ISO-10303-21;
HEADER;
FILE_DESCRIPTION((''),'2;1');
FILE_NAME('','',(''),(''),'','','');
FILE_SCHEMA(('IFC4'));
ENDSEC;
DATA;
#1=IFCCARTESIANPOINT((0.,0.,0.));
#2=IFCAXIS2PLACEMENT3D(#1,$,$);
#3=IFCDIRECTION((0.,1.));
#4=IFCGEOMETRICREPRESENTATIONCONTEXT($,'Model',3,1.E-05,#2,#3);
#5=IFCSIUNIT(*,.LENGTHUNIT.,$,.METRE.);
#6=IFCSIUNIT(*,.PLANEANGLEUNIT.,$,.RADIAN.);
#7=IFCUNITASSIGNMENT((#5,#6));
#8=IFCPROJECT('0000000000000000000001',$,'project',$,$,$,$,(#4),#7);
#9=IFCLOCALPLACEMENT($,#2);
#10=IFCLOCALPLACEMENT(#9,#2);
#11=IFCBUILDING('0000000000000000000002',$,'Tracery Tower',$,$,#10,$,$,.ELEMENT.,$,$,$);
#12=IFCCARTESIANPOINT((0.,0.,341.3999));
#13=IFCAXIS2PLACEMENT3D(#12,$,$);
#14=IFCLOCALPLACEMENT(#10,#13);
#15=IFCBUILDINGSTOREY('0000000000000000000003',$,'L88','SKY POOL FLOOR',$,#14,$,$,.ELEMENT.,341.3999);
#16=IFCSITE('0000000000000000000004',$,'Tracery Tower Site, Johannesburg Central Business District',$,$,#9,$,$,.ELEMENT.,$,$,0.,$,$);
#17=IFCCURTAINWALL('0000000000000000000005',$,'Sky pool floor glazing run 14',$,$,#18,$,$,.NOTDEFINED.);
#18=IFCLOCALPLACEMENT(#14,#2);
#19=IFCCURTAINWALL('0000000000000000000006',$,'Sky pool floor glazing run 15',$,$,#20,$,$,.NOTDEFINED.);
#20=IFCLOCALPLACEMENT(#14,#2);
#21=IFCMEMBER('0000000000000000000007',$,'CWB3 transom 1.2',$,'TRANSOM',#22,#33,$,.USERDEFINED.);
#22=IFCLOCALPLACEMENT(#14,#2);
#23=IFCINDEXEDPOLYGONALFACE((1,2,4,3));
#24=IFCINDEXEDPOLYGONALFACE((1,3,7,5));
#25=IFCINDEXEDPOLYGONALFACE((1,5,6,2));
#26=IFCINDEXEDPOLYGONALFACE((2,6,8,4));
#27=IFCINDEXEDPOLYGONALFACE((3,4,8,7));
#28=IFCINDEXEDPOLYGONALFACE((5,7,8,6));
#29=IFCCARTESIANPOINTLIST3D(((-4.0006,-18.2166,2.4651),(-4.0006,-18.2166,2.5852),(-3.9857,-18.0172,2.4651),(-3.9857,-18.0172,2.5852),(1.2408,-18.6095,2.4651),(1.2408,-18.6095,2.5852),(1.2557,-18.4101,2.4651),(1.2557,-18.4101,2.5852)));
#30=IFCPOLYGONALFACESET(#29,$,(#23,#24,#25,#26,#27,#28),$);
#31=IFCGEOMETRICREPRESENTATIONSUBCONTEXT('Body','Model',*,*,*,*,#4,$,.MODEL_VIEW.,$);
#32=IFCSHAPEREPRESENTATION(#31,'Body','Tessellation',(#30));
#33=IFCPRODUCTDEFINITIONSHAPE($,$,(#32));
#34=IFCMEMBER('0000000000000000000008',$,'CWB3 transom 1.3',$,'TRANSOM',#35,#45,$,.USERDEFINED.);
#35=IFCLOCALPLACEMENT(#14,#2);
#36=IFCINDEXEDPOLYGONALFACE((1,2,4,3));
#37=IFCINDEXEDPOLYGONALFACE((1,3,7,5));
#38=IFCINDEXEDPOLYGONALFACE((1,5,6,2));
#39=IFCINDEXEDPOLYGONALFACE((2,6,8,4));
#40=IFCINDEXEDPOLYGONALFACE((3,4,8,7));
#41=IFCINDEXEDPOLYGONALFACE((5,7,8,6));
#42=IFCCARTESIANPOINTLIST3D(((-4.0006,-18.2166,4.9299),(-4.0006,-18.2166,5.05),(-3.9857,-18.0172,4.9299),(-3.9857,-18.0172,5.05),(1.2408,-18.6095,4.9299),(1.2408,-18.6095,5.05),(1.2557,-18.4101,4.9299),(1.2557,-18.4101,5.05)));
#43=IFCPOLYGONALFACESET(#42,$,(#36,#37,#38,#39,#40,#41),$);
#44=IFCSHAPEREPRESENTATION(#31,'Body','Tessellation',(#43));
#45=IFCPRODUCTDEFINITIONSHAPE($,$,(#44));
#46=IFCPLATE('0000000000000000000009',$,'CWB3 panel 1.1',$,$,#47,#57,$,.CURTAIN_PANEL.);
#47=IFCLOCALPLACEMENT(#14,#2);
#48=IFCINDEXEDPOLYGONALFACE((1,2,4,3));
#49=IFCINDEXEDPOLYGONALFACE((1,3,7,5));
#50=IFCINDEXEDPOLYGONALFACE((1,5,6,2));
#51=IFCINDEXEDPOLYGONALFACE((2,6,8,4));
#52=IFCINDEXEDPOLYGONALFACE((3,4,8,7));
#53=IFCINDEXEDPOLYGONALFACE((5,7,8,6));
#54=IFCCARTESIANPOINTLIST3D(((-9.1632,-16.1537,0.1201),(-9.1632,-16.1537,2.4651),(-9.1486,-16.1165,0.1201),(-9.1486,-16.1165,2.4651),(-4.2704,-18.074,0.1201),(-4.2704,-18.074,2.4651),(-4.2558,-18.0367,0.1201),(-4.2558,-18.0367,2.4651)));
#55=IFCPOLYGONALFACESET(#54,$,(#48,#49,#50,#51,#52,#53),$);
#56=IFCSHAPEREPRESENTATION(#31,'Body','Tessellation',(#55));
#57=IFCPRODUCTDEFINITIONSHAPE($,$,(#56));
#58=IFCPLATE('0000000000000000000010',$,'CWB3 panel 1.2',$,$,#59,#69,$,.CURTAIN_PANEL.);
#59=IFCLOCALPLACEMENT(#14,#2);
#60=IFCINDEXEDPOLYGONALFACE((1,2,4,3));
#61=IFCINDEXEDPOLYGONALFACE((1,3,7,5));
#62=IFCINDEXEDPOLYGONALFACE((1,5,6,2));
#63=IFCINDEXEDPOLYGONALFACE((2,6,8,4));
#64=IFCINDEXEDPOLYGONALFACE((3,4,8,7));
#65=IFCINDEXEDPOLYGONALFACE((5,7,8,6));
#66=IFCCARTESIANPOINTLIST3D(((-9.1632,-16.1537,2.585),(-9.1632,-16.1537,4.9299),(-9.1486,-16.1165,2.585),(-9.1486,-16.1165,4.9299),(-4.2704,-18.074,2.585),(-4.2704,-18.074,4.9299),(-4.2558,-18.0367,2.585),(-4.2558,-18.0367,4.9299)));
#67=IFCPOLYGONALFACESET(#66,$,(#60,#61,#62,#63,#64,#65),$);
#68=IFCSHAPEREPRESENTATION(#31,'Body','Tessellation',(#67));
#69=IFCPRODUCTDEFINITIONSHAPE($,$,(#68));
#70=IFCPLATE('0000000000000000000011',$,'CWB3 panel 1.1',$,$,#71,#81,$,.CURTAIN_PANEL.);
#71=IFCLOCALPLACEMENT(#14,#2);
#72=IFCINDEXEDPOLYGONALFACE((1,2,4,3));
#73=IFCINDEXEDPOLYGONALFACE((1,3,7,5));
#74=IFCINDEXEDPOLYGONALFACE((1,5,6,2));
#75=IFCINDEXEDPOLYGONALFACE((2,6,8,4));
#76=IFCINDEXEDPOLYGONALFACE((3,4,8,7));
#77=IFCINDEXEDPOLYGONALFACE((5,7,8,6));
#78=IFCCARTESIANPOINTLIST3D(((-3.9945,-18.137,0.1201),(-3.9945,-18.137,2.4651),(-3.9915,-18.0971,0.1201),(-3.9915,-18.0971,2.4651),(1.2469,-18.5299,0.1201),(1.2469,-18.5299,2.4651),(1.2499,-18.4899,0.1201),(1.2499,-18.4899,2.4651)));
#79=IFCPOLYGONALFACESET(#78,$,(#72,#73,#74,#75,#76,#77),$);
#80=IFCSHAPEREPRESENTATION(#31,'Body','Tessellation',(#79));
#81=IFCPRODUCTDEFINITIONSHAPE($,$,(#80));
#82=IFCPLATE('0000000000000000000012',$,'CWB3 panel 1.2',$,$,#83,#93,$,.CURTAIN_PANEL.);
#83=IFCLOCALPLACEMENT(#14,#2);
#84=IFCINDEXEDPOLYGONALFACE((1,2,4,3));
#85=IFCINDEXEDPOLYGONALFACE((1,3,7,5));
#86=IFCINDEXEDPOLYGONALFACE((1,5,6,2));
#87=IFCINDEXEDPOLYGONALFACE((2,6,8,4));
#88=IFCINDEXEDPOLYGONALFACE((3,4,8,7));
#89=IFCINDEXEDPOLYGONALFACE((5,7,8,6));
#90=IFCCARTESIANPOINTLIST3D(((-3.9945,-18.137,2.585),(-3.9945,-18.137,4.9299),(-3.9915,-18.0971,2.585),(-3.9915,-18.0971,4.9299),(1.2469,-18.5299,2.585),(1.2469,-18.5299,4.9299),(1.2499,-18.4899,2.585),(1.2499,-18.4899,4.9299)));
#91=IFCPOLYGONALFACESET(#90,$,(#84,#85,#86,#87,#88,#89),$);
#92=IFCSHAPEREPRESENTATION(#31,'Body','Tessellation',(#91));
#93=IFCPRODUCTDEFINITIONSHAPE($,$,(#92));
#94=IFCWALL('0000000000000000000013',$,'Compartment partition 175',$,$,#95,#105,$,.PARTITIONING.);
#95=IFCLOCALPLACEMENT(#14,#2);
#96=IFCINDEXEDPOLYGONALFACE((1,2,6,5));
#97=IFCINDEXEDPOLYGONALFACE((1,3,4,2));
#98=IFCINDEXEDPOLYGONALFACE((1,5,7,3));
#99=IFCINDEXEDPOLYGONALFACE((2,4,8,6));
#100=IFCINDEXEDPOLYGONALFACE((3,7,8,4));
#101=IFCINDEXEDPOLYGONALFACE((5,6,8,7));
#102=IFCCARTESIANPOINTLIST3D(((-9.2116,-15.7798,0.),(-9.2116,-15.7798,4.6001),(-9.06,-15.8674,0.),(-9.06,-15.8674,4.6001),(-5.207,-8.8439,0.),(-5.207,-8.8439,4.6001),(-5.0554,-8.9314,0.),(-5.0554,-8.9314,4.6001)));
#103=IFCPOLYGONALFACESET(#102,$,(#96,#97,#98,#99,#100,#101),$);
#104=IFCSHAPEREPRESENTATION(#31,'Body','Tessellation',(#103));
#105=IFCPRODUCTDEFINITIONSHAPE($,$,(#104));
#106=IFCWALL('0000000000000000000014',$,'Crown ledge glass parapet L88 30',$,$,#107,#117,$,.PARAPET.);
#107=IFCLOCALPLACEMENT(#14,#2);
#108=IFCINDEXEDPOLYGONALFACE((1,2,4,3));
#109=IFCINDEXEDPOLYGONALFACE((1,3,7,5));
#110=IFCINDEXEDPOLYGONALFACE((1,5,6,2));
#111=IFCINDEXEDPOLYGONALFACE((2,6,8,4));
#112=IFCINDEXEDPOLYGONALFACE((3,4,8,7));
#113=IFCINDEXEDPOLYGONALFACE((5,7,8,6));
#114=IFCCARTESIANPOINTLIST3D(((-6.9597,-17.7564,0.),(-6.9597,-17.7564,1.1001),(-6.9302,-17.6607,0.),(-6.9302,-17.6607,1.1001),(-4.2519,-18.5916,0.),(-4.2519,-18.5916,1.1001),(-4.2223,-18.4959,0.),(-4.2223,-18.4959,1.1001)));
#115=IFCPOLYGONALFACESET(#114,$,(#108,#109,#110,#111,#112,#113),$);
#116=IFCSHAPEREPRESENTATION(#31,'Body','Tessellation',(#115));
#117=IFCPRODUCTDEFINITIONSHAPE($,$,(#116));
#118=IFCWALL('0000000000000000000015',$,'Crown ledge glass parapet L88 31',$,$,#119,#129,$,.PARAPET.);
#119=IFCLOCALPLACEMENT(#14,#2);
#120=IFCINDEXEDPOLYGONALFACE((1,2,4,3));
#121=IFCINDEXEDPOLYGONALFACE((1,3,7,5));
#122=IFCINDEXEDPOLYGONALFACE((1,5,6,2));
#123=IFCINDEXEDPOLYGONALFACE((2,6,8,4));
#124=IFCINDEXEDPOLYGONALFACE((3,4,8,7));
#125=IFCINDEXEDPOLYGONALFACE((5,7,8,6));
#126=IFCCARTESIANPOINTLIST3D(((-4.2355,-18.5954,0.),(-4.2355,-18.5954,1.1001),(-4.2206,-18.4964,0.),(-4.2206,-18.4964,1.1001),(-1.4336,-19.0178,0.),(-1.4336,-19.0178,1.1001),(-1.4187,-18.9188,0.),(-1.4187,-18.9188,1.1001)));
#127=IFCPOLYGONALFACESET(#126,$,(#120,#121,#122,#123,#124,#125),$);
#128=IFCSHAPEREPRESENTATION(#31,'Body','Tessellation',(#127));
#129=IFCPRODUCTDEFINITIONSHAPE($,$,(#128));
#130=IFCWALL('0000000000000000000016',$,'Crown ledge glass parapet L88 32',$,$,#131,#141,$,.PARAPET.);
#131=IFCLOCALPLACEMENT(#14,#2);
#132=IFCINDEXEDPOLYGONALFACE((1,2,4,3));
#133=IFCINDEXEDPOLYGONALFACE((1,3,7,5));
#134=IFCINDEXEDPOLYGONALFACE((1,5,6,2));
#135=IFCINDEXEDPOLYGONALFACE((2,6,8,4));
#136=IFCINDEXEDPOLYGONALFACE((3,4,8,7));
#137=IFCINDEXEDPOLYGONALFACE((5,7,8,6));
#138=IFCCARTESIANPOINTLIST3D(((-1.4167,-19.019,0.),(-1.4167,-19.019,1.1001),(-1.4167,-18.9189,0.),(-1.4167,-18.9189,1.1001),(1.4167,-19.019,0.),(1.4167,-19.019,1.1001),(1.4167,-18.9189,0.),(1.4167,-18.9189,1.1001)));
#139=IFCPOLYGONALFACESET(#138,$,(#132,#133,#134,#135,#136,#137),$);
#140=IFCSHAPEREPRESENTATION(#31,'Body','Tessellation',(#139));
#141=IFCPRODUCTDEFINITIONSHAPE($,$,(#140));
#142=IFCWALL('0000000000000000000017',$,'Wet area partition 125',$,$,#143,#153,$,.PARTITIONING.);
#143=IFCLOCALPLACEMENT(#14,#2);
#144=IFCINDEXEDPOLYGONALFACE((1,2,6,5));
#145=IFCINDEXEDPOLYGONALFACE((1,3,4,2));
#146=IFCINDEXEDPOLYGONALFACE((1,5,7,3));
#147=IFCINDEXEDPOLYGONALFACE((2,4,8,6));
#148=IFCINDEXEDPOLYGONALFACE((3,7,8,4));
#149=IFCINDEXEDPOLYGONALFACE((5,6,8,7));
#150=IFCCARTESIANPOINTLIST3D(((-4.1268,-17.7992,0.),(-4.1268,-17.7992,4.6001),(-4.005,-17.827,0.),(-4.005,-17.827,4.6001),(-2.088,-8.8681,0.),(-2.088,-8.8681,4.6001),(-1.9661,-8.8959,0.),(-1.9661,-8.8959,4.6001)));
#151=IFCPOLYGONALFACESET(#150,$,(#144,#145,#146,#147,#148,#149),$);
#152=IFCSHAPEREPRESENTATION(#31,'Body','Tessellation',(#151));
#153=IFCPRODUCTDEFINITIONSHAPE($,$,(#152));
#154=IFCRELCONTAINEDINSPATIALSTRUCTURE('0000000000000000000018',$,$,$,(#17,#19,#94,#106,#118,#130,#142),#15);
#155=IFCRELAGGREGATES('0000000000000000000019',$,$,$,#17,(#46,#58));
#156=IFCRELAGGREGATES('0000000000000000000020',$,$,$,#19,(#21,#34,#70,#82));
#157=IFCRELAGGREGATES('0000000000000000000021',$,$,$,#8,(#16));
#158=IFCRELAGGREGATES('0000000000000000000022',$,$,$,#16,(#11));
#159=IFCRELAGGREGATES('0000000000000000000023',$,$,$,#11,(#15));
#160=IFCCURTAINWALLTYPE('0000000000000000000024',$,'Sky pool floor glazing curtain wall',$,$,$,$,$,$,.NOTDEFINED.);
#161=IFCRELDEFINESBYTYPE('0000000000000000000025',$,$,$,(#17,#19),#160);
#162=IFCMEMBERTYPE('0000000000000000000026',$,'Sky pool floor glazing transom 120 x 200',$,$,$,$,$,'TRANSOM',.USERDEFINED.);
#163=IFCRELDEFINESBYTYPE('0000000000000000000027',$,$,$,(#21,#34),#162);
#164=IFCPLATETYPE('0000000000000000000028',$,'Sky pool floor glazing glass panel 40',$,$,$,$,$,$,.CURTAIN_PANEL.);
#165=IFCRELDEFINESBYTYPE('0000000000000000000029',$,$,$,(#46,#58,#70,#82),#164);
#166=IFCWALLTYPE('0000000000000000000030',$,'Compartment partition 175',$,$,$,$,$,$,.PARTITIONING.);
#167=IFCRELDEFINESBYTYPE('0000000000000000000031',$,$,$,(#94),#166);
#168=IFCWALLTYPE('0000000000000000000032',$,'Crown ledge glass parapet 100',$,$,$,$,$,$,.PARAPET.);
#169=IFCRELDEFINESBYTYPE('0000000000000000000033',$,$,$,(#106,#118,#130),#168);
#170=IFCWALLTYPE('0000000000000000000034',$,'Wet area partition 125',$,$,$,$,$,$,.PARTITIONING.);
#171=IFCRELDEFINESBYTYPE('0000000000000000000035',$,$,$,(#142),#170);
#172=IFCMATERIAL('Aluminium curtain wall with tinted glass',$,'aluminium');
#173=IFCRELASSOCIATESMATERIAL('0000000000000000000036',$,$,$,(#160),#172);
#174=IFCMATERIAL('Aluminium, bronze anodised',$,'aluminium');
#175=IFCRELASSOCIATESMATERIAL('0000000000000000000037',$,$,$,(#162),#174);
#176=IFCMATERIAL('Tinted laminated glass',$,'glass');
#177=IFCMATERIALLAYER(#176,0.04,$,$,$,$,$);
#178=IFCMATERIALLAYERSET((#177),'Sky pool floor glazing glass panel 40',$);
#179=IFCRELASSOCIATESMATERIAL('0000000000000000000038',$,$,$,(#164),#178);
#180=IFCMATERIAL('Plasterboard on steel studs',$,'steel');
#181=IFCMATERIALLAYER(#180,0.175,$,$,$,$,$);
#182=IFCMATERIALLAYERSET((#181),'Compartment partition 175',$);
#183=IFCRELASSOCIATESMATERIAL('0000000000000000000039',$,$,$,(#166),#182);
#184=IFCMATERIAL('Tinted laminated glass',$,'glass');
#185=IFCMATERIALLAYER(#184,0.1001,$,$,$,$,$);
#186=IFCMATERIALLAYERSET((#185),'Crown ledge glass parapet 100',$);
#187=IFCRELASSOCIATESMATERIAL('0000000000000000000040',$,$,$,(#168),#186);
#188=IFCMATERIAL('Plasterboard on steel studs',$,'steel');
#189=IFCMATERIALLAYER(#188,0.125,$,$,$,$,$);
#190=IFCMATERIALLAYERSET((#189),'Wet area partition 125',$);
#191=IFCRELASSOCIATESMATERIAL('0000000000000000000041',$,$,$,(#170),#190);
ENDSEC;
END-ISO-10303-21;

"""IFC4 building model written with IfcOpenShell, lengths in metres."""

from ifc_helpers import new_model, si_unit, direction, frame, frame_2d, origin, origin_2d, place, context, subcontext, project, spatial, rectangle, extrude, material, layer, layer_set, material_profile, profile_set, type_object, element, aggregate, save


model = new_model("IFC4")

# Units and contexts
model_context = context("Model", 3, precision=1e-05, world=origin(), true_north=direction((0.0, 1.0)))
body_context = subcontext(model_context, "Body", "Model", "MODEL_VIEW")
ifc_project = project(units=[si_unit("LENGTHUNIT", "METRE"), si_unit("PLANEANGLEUNIT", "RADIAN")], contexts=[model_context])

# Site, building, storey
site_placement = place(None, origin())
site = spatial("IfcSite", under=ifc_project, at=site_placement, Name="Tracery Tower Site, Johannesburg Central Business District", CompositionType="ELEMENT", RefElevation=0.0)
building_placement = place(site_placement, origin())
building = spatial("IfcBuilding", under=site, at=building_placement, Name="Tracery Tower", CompositionType="ELEMENT")
storey_placement = place(building_placement, frame((0.0, 0.0, 341.3999)))
storey = spatial("IfcBuildingStorey", under=building, at=storey_placement, Name="L88", Description="SKY POOL FLOOR", CompositionType="ELEMENT", Elevation=341.3999)

# Curtain walls
ifc_material_1 = material(Name="Aluminium curtain wall with tinted glass", Category="aluminium")
curtain_wall_type = type_object("IfcCurtainWallType", Name="Sky pool floor glazing curtain wall", PredefinedType="NOTDEFINED", material=ifc_material_1)
curtain_wall_1_placement = place(storey_placement, origin())
curtain_wall_1 = element("IfcCurtainWall", 1, at=curtain_wall_1_placement, inside=storey, type_object=curtain_wall_type, Name="Sky pool floor glazing run 14", PredefinedType="NOTDEFINED")
curtain_wall_2_placement = place(storey_placement, origin())
curtain_wall_2 = element("IfcCurtainWall", 2, at=curtain_wall_2_placement, inside=storey, type_object=curtain_wall_type, Name="Sky pool floor glazing run 15", PredefinedType="NOTDEFINED")

# Members
ifc_material_2 = material(Name="Aluminium, bronze anodised", Category="aluminium")
ifc_material_profile_1 = material_profile(ifc_material_2, rectangle(XDim=0.2, YDim=0.1201, at=origin_2d()), Name="Sky pool floor glazing transom 120 x 200")
ifc_profile_set_1 = profile_set([ifc_material_profile_1], Name="Aluminium, bronze anodised")
member_type_1 = type_object("IfcMemberType", Name="Sky pool floor glazing transom 120 x 200", ElementType="TRANSOM", PredefinedType="USERDEFINED", material=ifc_profile_set_1)
member_1_placement = place(storey_placement, frame((-3.9932, -18.1169, 2.5251), z_axis=(0.997203, -0.074736, 0.0), x_axis=(0.074736, 0.997203, 0.0)))
member_1 = element("IfcMember", 3, at=member_1_placement, type_object=member_type_1, Name="CWB3 transom 1.2", ObjectType="TRANSOM", PredefinedType="USERDEFINED", context=body_context, shape_type="SweptSolid", body=[
    extrude(rectangle(XDim=0.2, YDim=0.1201, at=origin_2d()), origin(), (0.0, 0.0, 1.0), 5.2561),
])
member_2_placement = place(storey_placement, frame((-3.9932, -18.1169, 4.99), z_axis=(0.997203, -0.074736, 0.0), x_axis=(0.074736, 0.997203, 0.0)))
member_2 = element("IfcMember", 4, at=member_2_placement, type_object=member_type_1, Name="CWB3 transom 1.3", ObjectType="TRANSOM", PredefinedType="USERDEFINED", context=body_context, shape_type="SweptSolid", body=[
    extrude(rectangle(XDim=0.2, YDim=0.1201, at=origin_2d()), origin(), (0.0, 0.0, 1.0), 5.2561),
])

# Plates
ifc_material_3 = material(Name="Tinted laminated glass", Category="glass")
ifc_layer_1 = layer(ifc_material_3, 0.04)
ifc_layer_set_1 = layer_set([ifc_layer_1], Name="Sky pool floor glazing glass panel 40")
plate_type = type_object("IfcPlateType", Name="Sky pool floor glazing glass panel 40", PredefinedType="CURTAIN_PANEL", material=ifc_layer_set_1)
plate_1_placement = place(storey_placement, frame((-6.7095, -17.0952, 0.1201), z_axis=(0.0, 0.0, 1.0), x_axis=(0.930878, -0.365331, 0.0)))
plate_1 = element("IfcPlate", 5, at=plate_1_placement, type_object=plate_type, Name="CWB3 panel 1.1", PredefinedType="CURTAIN_PANEL", context=body_context, shape_type="SweptSolid", body=[
    extrude(rectangle(XDim=5.2561, YDim=0.04, at=origin_2d()), origin(), (0.0, 0.0, 1.0), 2.345),
])
plate_2_placement = place(storey_placement, frame((-6.7095, -17.0952, 2.585), z_axis=(0.0, 0.0, 1.0), x_axis=(0.930878, -0.365331, 0.0)))
plate_2 = element("IfcPlate", 6, at=plate_2_placement, type_object=plate_type, Name="CWB3 panel 1.2", PredefinedType="CURTAIN_PANEL", context=body_context, shape_type="SweptSolid", body=[
    extrude(rectangle(XDim=5.2561, YDim=0.04, at=origin_2d()), origin(), (0.0, 0.0, 1.0), 2.345),
])
aggregate(curtain_wall_1, [plate_1, plate_2])
plate_3_placement = place(storey_placement, frame((-1.3723, -18.3135, 0.1201), z_axis=(0.0, 0.0, 1.0), x_axis=(0.997203, -0.074743, 0.0)))
plate_3 = element("IfcPlate", 7, at=plate_3_placement, type_object=plate_type, Name="CWB3 panel 1.1", PredefinedType="CURTAIN_PANEL", context=body_context, shape_type="SweptSolid", body=[
    extrude(rectangle(XDim=5.2561, YDim=0.04, at=origin_2d()), origin(), (0.0, 0.0, 1.0), 2.345),
])
plate_4_placement = place(storey_placement, frame((-1.3723, -18.3135, 2.585), z_axis=(0.0, 0.0, 1.0), x_axis=(0.997203, -0.074743, 0.0)))
plate_4 = element("IfcPlate", 8, at=plate_4_placement, type_object=plate_type, Name="CWB3 panel 1.2", PredefinedType="CURTAIN_PANEL", context=body_context, shape_type="SweptSolid", body=[
    extrude(rectangle(XDim=5.2561, YDim=0.04, at=origin_2d()), origin(), (0.0, 0.0, 1.0), 2.345),
])
aggregate(curtain_wall_2, [member_1, member_2, plate_3, plate_4])

# Shared definitions
ifc_material_4 = material(Name="Plasterboard on steel studs", Category="steel")
ifc_layer_2 = layer(ifc_material_4, 0.175)
ifc_layer_set_2 = layer_set([ifc_layer_2], Name="Compartment partition 175")
wall_type_1 = type_object("IfcWallType", Name="Compartment partition 175", PredefinedType="PARTITIONING", material=ifc_layer_set_2)

# Walls
wall_1_placement = place(storey_placement, frame((-9.1357, -15.8235, 0.0), z_axis=(0.0, 0.0, 1.0), x_axis=(0.500011, 0.866019, 0.0)))
element("IfcWall", 9, at=wall_1_placement, inside=storey, type_object=wall_type_1, Name="Compartment partition 175", PredefinedType="PARTITIONING", context=body_context, shape_type="SweptSolid", body=[
    extrude(rectangle(XDim=8.009, YDim=0.175, at=frame_2d((4.0044, 0.0))), origin(), (0.0, 0.0, 1.0), 4.6001),
])
ifc_material_5 = material(Name="Tinted laminated glass", Category="glass")
ifc_layer_3 = layer(ifc_material_5, 0.1001)
ifc_layer_set_3 = layer_set([ifc_layer_3], Name="Crown ledge glass parapet 100")
wall_type_2 = type_object("IfcWallType", Name="Crown ledge glass parapet 100", PredefinedType="PARAPET", material=ifc_layer_set_3)
wall_2_placement = place(storey_placement, frame((-6.9451, -17.7085, 0.0), z_axis=(0.0, 0.0, 1.0), x_axis=(0.955576, -0.294746, 0.0)))
element("IfcWall", 10, at=wall_2_placement, inside=storey, type_object=wall_type_2, Name="Crown ledge glass parapet L88 30", PredefinedType="PARAPET", context=body_context, shape_type="SweptSolid", body=[
    extrude(rectangle(XDim=2.8337, YDim=0.1001, at=frame_2d((1.417, 0.0))), origin(), (0.0, 0.0, 1.0), 1.1001),
])
for number, where, z_axis, x_axis, name in (
    (11, (-4.228, -18.5459, 0.0), (0.0, 0.0, 1.0), (0.988827, -0.149065, 0.0), "Crown ledge glass parapet L88 31"),
    (12, (-1.4167, -18.969, 0.0), (0.0, 0.0, 1.0), (1.0, 0.0, 0.0), "Crown ledge glass parapet L88 32"),
):
    element("IfcWall", number, at=place(storey_placement, frame(where, z_axis=z_axis, x_axis=x_axis)), inside=storey, type_object=wall_type_2, Name=name, PredefinedType="PARAPET", context=body_context, shape_type="SweptSolid", body=[
        extrude(rectangle(XDim=2.8335, YDim=0.1001, at=frame_2d((1.4167, 0.0))), origin(), (0.0, 0.0, 1.0), 1.1001),
    ])
ifc_material_6 = material(Name="Plasterboard on steel studs", Category="steel")
ifc_layer_4 = layer(ifc_material_6, 0.125)
ifc_layer_set_4 = layer_set([ifc_layer_4], Name="Wet area partition 125")
wall_type_3 = type_object("IfcWallType", Name="Wet area partition 125", PredefinedType="PARTITIONING", material=ifc_layer_set_4)
wall_3_placement = place(storey_placement, frame((-4.0659, -17.8132, 0.0), z_axis=(0.0, 0.0, 1.0), x_axis=(0.222556, 0.97492, 0.0)))
element("IfcWall", 13, at=wall_3_placement, inside=storey, type_object=wall_type_3, Name="Wet area partition 125", PredefinedType="PARTITIONING", context=body_context, shape_type="SweptSolid", body=[
    extrude(rectangle(XDim=9.1609, YDim=0.125, at=frame_2d((4.5806, 0.0))), origin(), (0.0, 0.0, 1.0), 4.6001),
])

save(model, "model.ifc")
